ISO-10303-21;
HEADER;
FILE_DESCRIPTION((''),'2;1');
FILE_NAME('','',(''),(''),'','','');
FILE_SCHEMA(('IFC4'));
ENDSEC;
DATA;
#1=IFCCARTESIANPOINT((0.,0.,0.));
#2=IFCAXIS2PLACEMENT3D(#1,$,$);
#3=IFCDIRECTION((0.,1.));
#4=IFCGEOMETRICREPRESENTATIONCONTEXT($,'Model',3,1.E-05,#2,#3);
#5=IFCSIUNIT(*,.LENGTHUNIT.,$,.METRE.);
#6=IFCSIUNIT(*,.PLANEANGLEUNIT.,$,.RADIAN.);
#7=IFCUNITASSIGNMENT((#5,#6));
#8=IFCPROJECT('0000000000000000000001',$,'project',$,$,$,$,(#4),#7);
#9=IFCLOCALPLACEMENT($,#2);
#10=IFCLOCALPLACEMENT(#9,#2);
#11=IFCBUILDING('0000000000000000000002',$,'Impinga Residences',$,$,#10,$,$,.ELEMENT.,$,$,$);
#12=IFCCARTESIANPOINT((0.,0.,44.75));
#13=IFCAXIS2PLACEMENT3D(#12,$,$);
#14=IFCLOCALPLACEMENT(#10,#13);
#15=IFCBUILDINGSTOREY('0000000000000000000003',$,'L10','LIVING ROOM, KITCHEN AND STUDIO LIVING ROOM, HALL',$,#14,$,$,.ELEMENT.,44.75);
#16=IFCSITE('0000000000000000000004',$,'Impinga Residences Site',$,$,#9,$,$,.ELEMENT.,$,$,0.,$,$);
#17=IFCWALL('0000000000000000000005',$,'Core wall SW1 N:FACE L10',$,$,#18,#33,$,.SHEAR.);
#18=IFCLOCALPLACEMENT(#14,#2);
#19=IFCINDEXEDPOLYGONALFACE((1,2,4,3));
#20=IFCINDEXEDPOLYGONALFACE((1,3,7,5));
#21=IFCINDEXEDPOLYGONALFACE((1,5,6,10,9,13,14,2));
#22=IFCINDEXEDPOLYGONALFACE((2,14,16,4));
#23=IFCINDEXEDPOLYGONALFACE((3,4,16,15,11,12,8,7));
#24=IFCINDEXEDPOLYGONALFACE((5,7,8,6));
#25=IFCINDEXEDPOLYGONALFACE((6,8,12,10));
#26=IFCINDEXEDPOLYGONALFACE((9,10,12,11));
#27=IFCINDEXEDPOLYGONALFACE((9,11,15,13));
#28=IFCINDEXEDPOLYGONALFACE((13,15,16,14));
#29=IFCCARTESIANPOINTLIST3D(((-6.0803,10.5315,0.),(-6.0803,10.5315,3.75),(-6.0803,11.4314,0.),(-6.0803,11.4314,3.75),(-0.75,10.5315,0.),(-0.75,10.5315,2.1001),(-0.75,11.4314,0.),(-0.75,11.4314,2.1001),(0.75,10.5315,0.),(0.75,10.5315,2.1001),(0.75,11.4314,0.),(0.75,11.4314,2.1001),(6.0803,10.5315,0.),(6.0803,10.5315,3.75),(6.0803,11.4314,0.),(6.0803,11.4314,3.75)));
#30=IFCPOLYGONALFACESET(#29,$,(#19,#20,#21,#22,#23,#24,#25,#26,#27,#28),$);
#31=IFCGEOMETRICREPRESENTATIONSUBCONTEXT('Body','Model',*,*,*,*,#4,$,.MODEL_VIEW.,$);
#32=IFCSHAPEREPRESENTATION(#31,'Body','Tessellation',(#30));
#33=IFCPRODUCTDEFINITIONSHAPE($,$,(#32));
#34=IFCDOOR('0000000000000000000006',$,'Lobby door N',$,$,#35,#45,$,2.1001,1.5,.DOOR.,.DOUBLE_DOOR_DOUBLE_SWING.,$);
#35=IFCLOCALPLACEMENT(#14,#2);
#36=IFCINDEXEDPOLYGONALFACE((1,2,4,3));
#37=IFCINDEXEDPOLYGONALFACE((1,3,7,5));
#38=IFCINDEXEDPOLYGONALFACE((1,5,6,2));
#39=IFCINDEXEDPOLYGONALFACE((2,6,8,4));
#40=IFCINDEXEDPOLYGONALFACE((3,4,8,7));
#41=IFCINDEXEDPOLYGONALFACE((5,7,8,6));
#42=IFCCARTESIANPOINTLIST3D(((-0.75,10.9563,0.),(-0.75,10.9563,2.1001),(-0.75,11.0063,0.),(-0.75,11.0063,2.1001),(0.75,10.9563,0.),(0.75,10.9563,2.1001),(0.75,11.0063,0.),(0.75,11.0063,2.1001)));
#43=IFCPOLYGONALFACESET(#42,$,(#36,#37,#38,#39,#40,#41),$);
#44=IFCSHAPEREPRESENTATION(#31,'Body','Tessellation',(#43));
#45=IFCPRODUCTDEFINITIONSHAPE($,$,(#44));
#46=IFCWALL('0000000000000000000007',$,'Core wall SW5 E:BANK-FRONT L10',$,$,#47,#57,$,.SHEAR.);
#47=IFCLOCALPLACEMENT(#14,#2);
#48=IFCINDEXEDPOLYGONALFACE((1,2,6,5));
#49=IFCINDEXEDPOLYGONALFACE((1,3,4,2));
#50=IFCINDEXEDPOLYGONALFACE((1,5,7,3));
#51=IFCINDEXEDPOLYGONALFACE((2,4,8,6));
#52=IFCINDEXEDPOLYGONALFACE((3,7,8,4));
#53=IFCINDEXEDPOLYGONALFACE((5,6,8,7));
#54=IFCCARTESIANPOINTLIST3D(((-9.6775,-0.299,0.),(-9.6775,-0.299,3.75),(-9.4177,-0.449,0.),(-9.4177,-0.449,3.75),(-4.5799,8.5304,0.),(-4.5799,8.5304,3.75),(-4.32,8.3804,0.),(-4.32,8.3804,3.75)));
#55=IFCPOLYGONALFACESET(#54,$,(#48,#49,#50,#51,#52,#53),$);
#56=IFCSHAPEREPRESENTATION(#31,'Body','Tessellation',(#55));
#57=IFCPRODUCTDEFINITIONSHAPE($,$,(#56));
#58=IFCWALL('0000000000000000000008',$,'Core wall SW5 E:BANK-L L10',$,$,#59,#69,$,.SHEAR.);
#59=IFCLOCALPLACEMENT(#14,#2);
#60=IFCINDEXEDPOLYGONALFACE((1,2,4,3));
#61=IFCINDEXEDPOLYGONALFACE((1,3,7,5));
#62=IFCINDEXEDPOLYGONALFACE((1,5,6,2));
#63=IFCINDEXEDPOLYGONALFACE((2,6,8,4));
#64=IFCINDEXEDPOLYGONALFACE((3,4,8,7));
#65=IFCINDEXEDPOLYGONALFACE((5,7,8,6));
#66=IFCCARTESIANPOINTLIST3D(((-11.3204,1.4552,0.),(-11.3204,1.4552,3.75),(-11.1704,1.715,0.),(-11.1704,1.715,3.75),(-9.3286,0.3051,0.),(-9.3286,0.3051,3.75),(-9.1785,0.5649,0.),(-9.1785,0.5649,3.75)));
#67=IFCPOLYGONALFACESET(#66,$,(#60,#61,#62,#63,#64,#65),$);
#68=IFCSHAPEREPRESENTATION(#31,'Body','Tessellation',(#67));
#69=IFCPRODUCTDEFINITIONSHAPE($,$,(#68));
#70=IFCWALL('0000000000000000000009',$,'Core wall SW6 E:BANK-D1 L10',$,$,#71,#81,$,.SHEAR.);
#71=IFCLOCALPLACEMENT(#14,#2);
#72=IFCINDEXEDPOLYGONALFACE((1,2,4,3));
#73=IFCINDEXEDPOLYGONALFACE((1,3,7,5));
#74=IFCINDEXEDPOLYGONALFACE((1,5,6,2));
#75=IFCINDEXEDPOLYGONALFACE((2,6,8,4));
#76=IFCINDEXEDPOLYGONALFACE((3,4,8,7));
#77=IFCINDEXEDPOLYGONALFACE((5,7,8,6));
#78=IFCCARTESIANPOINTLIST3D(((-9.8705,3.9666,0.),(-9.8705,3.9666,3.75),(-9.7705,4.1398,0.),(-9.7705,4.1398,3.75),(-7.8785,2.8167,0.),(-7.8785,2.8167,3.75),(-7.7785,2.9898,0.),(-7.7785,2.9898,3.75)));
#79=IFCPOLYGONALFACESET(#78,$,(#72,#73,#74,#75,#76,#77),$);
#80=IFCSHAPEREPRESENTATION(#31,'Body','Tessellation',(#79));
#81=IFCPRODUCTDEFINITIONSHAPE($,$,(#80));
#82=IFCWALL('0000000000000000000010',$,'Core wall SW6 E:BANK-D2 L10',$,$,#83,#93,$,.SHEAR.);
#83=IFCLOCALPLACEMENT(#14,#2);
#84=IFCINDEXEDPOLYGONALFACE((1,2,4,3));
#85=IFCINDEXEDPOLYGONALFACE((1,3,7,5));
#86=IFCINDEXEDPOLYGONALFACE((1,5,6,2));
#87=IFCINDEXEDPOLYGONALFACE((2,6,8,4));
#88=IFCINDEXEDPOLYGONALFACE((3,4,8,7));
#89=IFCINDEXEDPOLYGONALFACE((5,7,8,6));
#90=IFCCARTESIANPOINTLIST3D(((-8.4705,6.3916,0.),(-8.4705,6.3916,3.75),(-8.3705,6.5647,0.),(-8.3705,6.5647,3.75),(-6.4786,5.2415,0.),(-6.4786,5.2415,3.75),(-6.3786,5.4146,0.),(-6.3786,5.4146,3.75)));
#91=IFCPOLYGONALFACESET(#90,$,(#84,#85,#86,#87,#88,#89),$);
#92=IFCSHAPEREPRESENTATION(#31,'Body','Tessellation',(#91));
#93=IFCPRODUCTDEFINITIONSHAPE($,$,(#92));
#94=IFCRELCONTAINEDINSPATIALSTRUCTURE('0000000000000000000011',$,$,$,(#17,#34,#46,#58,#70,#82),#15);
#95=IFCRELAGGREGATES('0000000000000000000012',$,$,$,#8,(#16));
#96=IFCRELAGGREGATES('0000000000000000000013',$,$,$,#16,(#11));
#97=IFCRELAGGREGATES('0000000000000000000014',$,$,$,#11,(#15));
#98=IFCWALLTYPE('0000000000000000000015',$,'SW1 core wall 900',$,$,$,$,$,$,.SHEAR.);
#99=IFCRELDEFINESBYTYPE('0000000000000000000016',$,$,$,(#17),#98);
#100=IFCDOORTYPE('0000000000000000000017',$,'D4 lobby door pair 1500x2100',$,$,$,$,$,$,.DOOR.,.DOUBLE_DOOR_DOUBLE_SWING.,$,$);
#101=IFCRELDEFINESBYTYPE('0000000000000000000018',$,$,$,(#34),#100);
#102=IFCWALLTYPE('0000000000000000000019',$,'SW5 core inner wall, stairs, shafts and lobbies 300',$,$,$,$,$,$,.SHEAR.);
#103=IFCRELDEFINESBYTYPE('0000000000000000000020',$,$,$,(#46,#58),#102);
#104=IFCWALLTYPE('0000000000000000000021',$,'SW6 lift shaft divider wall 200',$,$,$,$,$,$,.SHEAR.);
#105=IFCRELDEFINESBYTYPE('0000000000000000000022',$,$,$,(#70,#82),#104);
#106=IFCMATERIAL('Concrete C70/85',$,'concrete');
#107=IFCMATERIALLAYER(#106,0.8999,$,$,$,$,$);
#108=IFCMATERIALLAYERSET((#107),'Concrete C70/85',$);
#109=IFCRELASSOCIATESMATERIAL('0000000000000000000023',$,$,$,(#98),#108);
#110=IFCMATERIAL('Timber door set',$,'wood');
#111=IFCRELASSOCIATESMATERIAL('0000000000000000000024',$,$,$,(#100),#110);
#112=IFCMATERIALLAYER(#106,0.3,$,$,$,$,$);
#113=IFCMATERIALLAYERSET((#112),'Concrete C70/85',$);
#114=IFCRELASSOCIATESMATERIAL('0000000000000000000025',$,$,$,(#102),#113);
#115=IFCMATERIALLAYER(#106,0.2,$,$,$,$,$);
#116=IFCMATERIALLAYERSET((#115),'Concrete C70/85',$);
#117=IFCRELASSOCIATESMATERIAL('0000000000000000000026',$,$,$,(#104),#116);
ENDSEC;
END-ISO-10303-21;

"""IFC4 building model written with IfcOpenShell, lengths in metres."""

from ifc_helpers import new_model, si_unit, direction, frame, frame_2d, origin, place, context, subcontext, project, spatial, rectangle, extrude, material, layer, layer_set, type_object, element, fill, save


model = new_model("IFC4")

# Units and contexts
model_context = context("Model", 3, precision=1e-05, world=origin(), true_north=direction((0.0, 1.0)))
body_context = subcontext(model_context, "Body", "Model", "MODEL_VIEW")
ifc_project = project(units=[si_unit("LENGTHUNIT", "METRE"), si_unit("PLANEANGLEUNIT", "RADIAN")], contexts=[model_context])

# Site, building, storey
site_placement = place(None, origin())
site = spatial("IfcSite", under=ifc_project, at=site_placement, Name="Impinga Residences Site", CompositionType="ELEMENT", RefElevation=0.0)
building_placement = place(site_placement, origin())
building = spatial("IfcBuilding", under=site, at=building_placement, Name="Impinga Residences", CompositionType="ELEMENT")
storey_placement = place(building_placement, frame((0.0, 0.0, 44.75)))
storey = spatial("IfcBuildingStorey", under=building, at=storey_placement, Name="L10", Description="LIVING ROOM, KITCHEN AND STUDIO LIVING ROOM, HALL", CompositionType="ELEMENT", Elevation=44.75)

# Shared definitions
ifc_material_1 = material(Name="Concrete C70/85", Category="concrete")

# Shared definitions
ifc_material_2 = material(Name="Timber door set", Category="wood")

# Wall, opening, door
ifc_layer_1 = layer(ifc_material_1, 0.8999)
ifc_layer_set_1 = layer_set([ifc_layer_1], Name="Concrete C70/85")
wall_type_1 = type_object("IfcWallType", Name="SW1 core wall 900", PredefinedType="SHEAR", material=ifc_layer_set_1)
wall_1_placement = place(storey_placement, frame((-6.0803, 10.9814, 0.0), z_axis=(0.0, 0.0, 1.0), x_axis=(1.0, 0.0, 0.0)))
wall_1 = element("IfcWall", 1, at=wall_1_placement, inside=storey, type_object=wall_type_1, Name="Core wall SW1 N:FACE L10", PredefinedType="SHEAR", context=body_context, shape_type="SweptSolid", body=[
    extrude(rectangle(XDim=12.1606, YDim=0.8999, at=frame_2d((6.0803, 0.0))), origin(), (0.0, 0.0, 1.0), 3.75),
])
opening_1_placement = place(wall_1_placement, frame((5.3303, 0.0, 0.0)))
opening_1 = element("IfcOpeningElement", 2, at=opening_1_placement, cuts=wall_1, PredefinedType="OPENING", context=body_context, shape_type="SweptSolid", body=[
    extrude(rectangle(XDim=1.5, YDim=2.1001, at=frame_2d((0.75, 1.05))), frame((0.0, 0.46, 0.0), z_axis=(0.0, -1.0, 0.0), x_axis=(1.0, 0.0, 0.0)), (0.0, 0.0, 1.0), 0.9199),
])
door_type_1 = type_object("IfcDoorType", Name="D4 lobby door pair 1500x2100", OperationType="DOUBLE_DOOR_DOUBLE_SWING", PredefinedType="DOOR", material=ifc_material_2)
door_1_placement = place(opening_1_placement, origin())
door_1 = element("IfcDoor", 3, at=door_1_placement, inside=storey, type_object=door_type_1, Name="Lobby door N", OperationType="DOUBLE_DOOR_DOUBLE_SWING", OverallHeight=2.1001, OverallWidth=1.5, PredefinedType="DOOR", context=body_context, shape_type="SweptSolid", body=[
    extrude(rectangle(XDim=1.5, YDim=2.1001, at=frame_2d((0.75, 1.05))), frame((0.0, 0.0249, 0.0), z_axis=(0.0, -1.0, 0.0), x_axis=(1.0, 0.0, 0.0)), (0.0, 0.0, 1.0), 0.05),
])
fill(opening_1, door_1)

# Walls
ifc_layer_2 = layer(ifc_material_1, 0.3)
ifc_layer_set_2 = layer_set([ifc_layer_2], Name="Concrete C70/85")
wall_type_2 = type_object("IfcWallType", Name="SW5 core inner wall, stairs, shafts and lobbies 300", PredefinedType="SHEAR", material=ifc_layer_set_2)
wall_2_placement = place(storey_placement, frame((-9.5476, -0.374, 0.0), z_axis=(0.0, 0.0, 1.0), x_axis=(0.500002, 0.866024, 0.0)))
element("IfcWall", 4, at=wall_2_placement, inside=storey, type_object=wall_type_2, Name="Core wall SW5 E:BANK-FRONT L10", PredefinedType="SHEAR", context=body_context, shape_type="SweptSolid", body=[
    extrude(rectangle(XDim=10.1953, YDim=0.3, at=frame_2d((5.0977, 0.0))), origin(), (0.0, 0.0, 1.0), 3.75),
])
wall_3_placement = place(storey_placement, frame((-9.2537, 0.4351, 0.0), z_axis=(0.0, 0.0, 1.0), x_axis=(-0.866007, 0.500032, 0.0)))
element("IfcWall", 5, at=wall_3_placement, inside=storey, type_object=wall_type_2, Name="Core wall SW5 E:BANK-L L10", PredefinedType="SHEAR", context=body_context, shape_type="SweptSolid", body=[
    extrude(rectangle(XDim=2.3, YDim=0.3, at=frame_2d((1.1499, 0.0))), origin(), (0.0, 0.0, 1.0), 3.75),
])
ifc_layer_3 = layer(ifc_material_1, 0.2)
ifc_layer_set_3 = layer_set([ifc_layer_3], Name="Concrete C70/85")
wall_type_3 = type_object("IfcWallType", Name="SW6 lift shaft divider wall 200", PredefinedType="SHEAR", material=ifc_layer_set_3)
for number, where, z_axis, x_axis, name in (
    (6, (-7.8286, 2.9033, 0.0), (0.0, 0.0, 1.0), (-0.866053, 0.499952, 0.0), "Core wall SW6 E:BANK-D1 L10"),
    (7, (-6.4287, 5.3281, 0.0), (0.0, 0.0, 1.0), (-0.866007, 0.500032, 0.0), "Core wall SW6 E:BANK-D2 L10"),
):
    element("IfcWall", number, at=place(storey_placement, frame(where, z_axis=z_axis, x_axis=x_axis)), inside=storey, type_object=wall_type_3, Name=name, PredefinedType="SHEAR", context=body_context, shape_type="SweptSolid", body=[
        extrude(rectangle(XDim=2.3, YDim=0.2, at=frame_2d((1.1499, 0.0))), origin(), (0.0, 0.0, 1.0), 3.75),
    ])

save(model, "model.ifc")
